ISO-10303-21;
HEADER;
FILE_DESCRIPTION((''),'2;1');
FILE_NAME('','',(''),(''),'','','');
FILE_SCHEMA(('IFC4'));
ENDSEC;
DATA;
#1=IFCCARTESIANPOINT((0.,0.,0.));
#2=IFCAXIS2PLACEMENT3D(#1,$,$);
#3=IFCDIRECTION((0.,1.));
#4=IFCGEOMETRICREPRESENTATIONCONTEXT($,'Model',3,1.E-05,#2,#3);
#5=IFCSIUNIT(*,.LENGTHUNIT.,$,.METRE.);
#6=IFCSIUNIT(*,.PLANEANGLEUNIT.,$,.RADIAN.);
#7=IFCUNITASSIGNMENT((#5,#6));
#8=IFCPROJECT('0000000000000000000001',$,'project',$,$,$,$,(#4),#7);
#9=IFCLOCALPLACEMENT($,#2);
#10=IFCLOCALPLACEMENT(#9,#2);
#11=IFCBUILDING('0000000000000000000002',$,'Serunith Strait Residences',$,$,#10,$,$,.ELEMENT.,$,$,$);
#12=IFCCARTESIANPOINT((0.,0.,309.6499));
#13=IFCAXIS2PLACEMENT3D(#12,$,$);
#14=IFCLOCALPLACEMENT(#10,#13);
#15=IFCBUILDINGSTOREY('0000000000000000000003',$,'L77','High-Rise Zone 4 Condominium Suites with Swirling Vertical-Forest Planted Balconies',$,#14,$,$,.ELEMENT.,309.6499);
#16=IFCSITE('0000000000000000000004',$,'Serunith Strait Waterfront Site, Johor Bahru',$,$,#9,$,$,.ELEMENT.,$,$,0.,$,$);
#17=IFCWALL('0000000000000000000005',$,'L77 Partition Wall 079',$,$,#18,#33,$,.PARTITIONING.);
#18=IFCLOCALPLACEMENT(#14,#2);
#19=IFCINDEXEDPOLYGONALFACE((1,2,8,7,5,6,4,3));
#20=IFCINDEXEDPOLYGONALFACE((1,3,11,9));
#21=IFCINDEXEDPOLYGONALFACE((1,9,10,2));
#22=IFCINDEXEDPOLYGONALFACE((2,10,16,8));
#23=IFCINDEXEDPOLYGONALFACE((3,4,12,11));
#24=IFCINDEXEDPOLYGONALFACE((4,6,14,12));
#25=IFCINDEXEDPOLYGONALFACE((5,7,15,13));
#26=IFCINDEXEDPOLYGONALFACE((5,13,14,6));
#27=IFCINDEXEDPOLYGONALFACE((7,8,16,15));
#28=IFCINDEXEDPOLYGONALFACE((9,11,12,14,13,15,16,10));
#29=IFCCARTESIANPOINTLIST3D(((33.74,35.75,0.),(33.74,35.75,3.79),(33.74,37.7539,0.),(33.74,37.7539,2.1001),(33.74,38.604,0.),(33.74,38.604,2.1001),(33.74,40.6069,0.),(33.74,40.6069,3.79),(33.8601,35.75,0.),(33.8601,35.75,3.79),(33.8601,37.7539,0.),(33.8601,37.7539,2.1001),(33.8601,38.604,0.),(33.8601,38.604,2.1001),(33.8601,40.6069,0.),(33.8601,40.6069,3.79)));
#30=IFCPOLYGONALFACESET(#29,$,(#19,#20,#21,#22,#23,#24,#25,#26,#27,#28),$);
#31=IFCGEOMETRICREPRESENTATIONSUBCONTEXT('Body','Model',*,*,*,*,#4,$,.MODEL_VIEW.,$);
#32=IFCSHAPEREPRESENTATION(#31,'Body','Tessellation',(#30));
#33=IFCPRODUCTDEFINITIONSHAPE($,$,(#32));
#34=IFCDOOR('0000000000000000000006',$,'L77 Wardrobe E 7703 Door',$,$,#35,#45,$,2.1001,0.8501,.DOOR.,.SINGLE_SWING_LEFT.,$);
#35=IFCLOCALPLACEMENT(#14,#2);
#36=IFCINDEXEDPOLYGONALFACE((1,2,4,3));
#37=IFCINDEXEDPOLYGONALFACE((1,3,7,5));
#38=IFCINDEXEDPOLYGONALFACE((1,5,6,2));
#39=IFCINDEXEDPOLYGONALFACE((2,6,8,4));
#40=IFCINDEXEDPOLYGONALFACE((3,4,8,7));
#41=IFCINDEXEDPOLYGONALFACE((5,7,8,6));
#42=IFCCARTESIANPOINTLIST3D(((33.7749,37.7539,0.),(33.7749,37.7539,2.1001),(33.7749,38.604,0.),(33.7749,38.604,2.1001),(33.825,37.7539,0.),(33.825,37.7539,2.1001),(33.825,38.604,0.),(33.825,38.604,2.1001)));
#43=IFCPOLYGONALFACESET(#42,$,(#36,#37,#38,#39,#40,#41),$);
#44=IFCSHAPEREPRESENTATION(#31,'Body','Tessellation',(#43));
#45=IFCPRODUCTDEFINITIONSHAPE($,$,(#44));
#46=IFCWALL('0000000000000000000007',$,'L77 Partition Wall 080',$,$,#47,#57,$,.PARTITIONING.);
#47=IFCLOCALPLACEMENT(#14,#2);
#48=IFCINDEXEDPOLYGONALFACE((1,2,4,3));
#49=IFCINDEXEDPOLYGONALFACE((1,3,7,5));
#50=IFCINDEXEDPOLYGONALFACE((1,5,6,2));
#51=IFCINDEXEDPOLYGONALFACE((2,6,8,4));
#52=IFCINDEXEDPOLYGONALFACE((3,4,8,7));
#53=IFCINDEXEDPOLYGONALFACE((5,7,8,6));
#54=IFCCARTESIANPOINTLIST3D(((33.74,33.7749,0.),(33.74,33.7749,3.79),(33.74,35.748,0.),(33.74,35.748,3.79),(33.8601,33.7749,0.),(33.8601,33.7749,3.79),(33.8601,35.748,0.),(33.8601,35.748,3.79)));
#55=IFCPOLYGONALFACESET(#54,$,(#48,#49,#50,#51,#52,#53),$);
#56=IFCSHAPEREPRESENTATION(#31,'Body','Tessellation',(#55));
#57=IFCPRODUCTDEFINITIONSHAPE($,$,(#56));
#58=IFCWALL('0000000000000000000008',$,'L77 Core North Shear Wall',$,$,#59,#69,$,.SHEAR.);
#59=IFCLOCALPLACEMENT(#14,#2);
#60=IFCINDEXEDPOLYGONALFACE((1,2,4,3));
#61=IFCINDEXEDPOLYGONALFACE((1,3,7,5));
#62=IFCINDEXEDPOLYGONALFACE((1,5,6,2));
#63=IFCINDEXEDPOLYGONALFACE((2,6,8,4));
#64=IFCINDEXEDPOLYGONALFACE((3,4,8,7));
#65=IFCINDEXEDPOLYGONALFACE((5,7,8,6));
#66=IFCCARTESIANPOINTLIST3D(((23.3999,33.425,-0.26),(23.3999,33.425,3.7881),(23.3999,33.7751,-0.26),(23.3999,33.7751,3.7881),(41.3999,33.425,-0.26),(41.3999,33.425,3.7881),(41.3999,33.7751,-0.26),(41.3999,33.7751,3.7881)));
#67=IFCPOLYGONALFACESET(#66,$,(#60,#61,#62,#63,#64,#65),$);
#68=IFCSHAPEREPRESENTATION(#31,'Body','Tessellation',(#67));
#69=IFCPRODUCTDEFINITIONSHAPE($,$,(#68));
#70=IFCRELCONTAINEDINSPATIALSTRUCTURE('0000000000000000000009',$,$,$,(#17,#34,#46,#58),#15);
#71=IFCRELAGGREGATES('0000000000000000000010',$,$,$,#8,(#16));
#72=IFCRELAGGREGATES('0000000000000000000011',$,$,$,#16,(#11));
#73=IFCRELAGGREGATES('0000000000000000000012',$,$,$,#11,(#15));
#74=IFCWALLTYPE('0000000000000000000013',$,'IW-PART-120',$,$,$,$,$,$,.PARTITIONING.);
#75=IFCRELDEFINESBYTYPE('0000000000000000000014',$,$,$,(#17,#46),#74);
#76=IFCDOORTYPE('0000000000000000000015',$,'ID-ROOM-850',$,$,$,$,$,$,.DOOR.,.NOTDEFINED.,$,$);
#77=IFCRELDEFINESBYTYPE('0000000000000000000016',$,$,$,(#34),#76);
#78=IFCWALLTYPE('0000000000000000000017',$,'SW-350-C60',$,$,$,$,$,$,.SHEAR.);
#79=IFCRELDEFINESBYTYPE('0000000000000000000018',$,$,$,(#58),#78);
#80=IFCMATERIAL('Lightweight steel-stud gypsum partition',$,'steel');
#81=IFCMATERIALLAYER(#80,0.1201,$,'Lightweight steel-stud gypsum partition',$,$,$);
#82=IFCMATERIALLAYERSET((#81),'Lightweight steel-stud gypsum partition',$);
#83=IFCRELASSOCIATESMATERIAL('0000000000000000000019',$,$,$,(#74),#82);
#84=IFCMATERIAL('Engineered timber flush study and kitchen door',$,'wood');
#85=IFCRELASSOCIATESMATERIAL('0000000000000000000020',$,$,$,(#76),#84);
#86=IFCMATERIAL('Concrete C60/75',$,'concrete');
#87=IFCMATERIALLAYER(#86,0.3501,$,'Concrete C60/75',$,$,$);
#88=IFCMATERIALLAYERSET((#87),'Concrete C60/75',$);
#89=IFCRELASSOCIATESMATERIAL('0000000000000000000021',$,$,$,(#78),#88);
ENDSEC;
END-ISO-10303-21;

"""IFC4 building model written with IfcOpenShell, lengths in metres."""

from ifc_helpers import new_model, si_unit, direction, frame, frame_2d, origin, place, context, subcontext, project, spatial, rectangle, extrude, source, transform, mapped, material, layer, layer_set, type_object, element, fill, save


model = new_model("IFC4")

# Units and contexts
model_context = context("Model", 3, precision=1e-05, world=origin(), true_north=direction((0.0, 1.0)))
body_context = subcontext(model_context, "Body", "Model", "MODEL_VIEW")
ifc_project = project(units=[si_unit("LENGTHUNIT", "METRE"), si_unit("PLANEANGLEUNIT", "RADIAN")], contexts=[model_context])

# Site, building, storey
site_placement = place(None, origin())
site = spatial("IfcSite", under=ifc_project, at=site_placement, Name="Serunith Strait Waterfront Site, Johor Bahru", CompositionType="ELEMENT", RefElevation=0.0)
building_placement = place(site_placement, origin())
building = spatial("IfcBuilding", under=site, at=building_placement, Name="Serunith Strait Residences", CompositionType="ELEMENT")
storey_placement = place(building_placement, frame((0.0, 0.0, 309.6499)))
storey = spatial("IfcBuildingStorey", under=building, at=storey_placement, Name="L77", Description="High-Rise Zone 4 Condominium Suites with Swirling Vertical-Forest Planted Balconies", CompositionType="ELEMENT", Elevation=309.6499)

# Shared definitions
shared_shape_1 = source(origin(), body_context, "Body", "SweptSolid", [
    extrude(rectangle(XDim=0.8501, YDim=2.1001, at=frame_2d((0.425, 1.05))), frame((0.0, 0.0249, 0.0), z_axis=(0.0, -1.0, 0.0), x_axis=(1.0, 0.0, 0.0)), (0.0, 0.0, 1.0), 0.05),
])

# Shared definitions
ifc_material_1 = material(Name="Lightweight steel-stud gypsum partition", Category="steel")
ifc_layer_1 = layer(ifc_material_1, 0.1201, Name="Lightweight steel-stud gypsum partition")
ifc_layer_set_1 = layer_set([ifc_layer_1], Name="Lightweight steel-stud gypsum partition")
wall_type_1 = type_object("IfcWallType", Name="IW-PART-120", PredefinedType="PARTITIONING", material=ifc_layer_set_1)

# Wall, opening, door
wall_1_placement = place(storey_placement, frame((33.8, 40.6069, 0.0), z_axis=(0.0, 0.0, 1.0), x_axis=(0.0, -1.0, 0.0)))
wall_1 = element("IfcWall", 1, at=wall_1_placement, inside=storey, type_object=wall_type_1, Name="L77 Partition Wall 079", PredefinedType="PARTITIONING", context=body_context, shape_type="SweptSolid", body=[
    extrude(rectangle(XDim=4.8569, YDim=0.1201, at=frame_2d((2.4285, 0.0))), origin(), (0.0, 0.0, 1.0), 3.79),
])
opening_1_placement = place(wall_1_placement, frame((2.0029, 0.0, 0.0)))
opening_1 = element("IfcOpeningElement", 2, at=opening_1_placement, cuts=wall_1, PredefinedType="OPENING", context=body_context, shape_type="SweptSolid", body=[
    extrude(rectangle(XDim=0.8501, YDim=2.1001, at=frame_2d((0.425, 1.05))), frame((0.0, 0.0701, 0.0), z_axis=(0.0, -1.0, 0.0), x_axis=(1.0, 0.0, 0.0)), (0.0, 0.0, 1.0), 0.1401),
])
ifc_material_2 = material(Name="Engineered timber flush study and kitchen door", Category="wood")
door_type_1 = type_object("IfcDoorType", Name="ID-ROOM-850", OperationType="NOTDEFINED", PredefinedType="DOOR", material=ifc_material_2)
door_1_placement = place(opening_1_placement, origin())
door_1 = element("IfcDoor", 3, at=door_1_placement, inside=storey, type_object=door_type_1, Name="L77 Wardrobe E 7703 Door", OperationType="SINGLE_SWING_LEFT", OverallHeight=2.1001, OverallWidth=0.8501, PredefinedType="DOOR", context=body_context, shape_type="MappedRepresentation", body=[
    mapped(shared_shape_1, transform((0.0, 0.0, 0.0), scale=1.0)),
])
fill(opening_1, door_1)

# Walls
wall_2_placement = place(storey_placement, frame((33.8, 35.748, 0.0), z_axis=(0.0, 0.0, 1.0), x_axis=(0.0, -1.0, 0.0)))
element("IfcWall", 4, at=wall_2_placement, inside=storey, type_object=wall_type_1, Name="L77 Partition Wall 080", PredefinedType="PARTITIONING", context=body_context, shape_type="SweptSolid", body=[
    extrude(rectangle(XDim=1.9731, YDim=0.1201, at=frame_2d((0.9866, 0.0))), origin(), (0.0, 0.0, 1.0), 3.79),
])
ifc_material_3 = material(Name="Concrete C60/75", Category="concrete")
ifc_layer_2 = layer(ifc_material_3, 0.3501, Name="Concrete C60/75")
ifc_layer_set_2 = layer_set([ifc_layer_2], Name="Concrete C60/75")
wall_type_2 = type_object("IfcWallType", Name="SW-350-C60", PredefinedType="SHEAR", material=ifc_layer_set_2)
wall_3_placement = place(storey_placement, frame((41.3999, 33.6001, -0.26), z_axis=(0.0, 0.0, 1.0), x_axis=(-1.0, 0.0, 0.0)))
element("IfcWall", 5, at=wall_3_placement, inside=storey, type_object=wall_type_2, Name="L77 Core North Shear Wall", PredefinedType="SHEAR", context=body_context, shape_type="SweptSolid", body=[
    extrude(rectangle(XDim=18.0, YDim=0.3501, at=frame_2d((9.0, 0.0))), origin(), (0.0, 0.0, 1.0), 4.0481),
])

save(model, "model.ifc")
